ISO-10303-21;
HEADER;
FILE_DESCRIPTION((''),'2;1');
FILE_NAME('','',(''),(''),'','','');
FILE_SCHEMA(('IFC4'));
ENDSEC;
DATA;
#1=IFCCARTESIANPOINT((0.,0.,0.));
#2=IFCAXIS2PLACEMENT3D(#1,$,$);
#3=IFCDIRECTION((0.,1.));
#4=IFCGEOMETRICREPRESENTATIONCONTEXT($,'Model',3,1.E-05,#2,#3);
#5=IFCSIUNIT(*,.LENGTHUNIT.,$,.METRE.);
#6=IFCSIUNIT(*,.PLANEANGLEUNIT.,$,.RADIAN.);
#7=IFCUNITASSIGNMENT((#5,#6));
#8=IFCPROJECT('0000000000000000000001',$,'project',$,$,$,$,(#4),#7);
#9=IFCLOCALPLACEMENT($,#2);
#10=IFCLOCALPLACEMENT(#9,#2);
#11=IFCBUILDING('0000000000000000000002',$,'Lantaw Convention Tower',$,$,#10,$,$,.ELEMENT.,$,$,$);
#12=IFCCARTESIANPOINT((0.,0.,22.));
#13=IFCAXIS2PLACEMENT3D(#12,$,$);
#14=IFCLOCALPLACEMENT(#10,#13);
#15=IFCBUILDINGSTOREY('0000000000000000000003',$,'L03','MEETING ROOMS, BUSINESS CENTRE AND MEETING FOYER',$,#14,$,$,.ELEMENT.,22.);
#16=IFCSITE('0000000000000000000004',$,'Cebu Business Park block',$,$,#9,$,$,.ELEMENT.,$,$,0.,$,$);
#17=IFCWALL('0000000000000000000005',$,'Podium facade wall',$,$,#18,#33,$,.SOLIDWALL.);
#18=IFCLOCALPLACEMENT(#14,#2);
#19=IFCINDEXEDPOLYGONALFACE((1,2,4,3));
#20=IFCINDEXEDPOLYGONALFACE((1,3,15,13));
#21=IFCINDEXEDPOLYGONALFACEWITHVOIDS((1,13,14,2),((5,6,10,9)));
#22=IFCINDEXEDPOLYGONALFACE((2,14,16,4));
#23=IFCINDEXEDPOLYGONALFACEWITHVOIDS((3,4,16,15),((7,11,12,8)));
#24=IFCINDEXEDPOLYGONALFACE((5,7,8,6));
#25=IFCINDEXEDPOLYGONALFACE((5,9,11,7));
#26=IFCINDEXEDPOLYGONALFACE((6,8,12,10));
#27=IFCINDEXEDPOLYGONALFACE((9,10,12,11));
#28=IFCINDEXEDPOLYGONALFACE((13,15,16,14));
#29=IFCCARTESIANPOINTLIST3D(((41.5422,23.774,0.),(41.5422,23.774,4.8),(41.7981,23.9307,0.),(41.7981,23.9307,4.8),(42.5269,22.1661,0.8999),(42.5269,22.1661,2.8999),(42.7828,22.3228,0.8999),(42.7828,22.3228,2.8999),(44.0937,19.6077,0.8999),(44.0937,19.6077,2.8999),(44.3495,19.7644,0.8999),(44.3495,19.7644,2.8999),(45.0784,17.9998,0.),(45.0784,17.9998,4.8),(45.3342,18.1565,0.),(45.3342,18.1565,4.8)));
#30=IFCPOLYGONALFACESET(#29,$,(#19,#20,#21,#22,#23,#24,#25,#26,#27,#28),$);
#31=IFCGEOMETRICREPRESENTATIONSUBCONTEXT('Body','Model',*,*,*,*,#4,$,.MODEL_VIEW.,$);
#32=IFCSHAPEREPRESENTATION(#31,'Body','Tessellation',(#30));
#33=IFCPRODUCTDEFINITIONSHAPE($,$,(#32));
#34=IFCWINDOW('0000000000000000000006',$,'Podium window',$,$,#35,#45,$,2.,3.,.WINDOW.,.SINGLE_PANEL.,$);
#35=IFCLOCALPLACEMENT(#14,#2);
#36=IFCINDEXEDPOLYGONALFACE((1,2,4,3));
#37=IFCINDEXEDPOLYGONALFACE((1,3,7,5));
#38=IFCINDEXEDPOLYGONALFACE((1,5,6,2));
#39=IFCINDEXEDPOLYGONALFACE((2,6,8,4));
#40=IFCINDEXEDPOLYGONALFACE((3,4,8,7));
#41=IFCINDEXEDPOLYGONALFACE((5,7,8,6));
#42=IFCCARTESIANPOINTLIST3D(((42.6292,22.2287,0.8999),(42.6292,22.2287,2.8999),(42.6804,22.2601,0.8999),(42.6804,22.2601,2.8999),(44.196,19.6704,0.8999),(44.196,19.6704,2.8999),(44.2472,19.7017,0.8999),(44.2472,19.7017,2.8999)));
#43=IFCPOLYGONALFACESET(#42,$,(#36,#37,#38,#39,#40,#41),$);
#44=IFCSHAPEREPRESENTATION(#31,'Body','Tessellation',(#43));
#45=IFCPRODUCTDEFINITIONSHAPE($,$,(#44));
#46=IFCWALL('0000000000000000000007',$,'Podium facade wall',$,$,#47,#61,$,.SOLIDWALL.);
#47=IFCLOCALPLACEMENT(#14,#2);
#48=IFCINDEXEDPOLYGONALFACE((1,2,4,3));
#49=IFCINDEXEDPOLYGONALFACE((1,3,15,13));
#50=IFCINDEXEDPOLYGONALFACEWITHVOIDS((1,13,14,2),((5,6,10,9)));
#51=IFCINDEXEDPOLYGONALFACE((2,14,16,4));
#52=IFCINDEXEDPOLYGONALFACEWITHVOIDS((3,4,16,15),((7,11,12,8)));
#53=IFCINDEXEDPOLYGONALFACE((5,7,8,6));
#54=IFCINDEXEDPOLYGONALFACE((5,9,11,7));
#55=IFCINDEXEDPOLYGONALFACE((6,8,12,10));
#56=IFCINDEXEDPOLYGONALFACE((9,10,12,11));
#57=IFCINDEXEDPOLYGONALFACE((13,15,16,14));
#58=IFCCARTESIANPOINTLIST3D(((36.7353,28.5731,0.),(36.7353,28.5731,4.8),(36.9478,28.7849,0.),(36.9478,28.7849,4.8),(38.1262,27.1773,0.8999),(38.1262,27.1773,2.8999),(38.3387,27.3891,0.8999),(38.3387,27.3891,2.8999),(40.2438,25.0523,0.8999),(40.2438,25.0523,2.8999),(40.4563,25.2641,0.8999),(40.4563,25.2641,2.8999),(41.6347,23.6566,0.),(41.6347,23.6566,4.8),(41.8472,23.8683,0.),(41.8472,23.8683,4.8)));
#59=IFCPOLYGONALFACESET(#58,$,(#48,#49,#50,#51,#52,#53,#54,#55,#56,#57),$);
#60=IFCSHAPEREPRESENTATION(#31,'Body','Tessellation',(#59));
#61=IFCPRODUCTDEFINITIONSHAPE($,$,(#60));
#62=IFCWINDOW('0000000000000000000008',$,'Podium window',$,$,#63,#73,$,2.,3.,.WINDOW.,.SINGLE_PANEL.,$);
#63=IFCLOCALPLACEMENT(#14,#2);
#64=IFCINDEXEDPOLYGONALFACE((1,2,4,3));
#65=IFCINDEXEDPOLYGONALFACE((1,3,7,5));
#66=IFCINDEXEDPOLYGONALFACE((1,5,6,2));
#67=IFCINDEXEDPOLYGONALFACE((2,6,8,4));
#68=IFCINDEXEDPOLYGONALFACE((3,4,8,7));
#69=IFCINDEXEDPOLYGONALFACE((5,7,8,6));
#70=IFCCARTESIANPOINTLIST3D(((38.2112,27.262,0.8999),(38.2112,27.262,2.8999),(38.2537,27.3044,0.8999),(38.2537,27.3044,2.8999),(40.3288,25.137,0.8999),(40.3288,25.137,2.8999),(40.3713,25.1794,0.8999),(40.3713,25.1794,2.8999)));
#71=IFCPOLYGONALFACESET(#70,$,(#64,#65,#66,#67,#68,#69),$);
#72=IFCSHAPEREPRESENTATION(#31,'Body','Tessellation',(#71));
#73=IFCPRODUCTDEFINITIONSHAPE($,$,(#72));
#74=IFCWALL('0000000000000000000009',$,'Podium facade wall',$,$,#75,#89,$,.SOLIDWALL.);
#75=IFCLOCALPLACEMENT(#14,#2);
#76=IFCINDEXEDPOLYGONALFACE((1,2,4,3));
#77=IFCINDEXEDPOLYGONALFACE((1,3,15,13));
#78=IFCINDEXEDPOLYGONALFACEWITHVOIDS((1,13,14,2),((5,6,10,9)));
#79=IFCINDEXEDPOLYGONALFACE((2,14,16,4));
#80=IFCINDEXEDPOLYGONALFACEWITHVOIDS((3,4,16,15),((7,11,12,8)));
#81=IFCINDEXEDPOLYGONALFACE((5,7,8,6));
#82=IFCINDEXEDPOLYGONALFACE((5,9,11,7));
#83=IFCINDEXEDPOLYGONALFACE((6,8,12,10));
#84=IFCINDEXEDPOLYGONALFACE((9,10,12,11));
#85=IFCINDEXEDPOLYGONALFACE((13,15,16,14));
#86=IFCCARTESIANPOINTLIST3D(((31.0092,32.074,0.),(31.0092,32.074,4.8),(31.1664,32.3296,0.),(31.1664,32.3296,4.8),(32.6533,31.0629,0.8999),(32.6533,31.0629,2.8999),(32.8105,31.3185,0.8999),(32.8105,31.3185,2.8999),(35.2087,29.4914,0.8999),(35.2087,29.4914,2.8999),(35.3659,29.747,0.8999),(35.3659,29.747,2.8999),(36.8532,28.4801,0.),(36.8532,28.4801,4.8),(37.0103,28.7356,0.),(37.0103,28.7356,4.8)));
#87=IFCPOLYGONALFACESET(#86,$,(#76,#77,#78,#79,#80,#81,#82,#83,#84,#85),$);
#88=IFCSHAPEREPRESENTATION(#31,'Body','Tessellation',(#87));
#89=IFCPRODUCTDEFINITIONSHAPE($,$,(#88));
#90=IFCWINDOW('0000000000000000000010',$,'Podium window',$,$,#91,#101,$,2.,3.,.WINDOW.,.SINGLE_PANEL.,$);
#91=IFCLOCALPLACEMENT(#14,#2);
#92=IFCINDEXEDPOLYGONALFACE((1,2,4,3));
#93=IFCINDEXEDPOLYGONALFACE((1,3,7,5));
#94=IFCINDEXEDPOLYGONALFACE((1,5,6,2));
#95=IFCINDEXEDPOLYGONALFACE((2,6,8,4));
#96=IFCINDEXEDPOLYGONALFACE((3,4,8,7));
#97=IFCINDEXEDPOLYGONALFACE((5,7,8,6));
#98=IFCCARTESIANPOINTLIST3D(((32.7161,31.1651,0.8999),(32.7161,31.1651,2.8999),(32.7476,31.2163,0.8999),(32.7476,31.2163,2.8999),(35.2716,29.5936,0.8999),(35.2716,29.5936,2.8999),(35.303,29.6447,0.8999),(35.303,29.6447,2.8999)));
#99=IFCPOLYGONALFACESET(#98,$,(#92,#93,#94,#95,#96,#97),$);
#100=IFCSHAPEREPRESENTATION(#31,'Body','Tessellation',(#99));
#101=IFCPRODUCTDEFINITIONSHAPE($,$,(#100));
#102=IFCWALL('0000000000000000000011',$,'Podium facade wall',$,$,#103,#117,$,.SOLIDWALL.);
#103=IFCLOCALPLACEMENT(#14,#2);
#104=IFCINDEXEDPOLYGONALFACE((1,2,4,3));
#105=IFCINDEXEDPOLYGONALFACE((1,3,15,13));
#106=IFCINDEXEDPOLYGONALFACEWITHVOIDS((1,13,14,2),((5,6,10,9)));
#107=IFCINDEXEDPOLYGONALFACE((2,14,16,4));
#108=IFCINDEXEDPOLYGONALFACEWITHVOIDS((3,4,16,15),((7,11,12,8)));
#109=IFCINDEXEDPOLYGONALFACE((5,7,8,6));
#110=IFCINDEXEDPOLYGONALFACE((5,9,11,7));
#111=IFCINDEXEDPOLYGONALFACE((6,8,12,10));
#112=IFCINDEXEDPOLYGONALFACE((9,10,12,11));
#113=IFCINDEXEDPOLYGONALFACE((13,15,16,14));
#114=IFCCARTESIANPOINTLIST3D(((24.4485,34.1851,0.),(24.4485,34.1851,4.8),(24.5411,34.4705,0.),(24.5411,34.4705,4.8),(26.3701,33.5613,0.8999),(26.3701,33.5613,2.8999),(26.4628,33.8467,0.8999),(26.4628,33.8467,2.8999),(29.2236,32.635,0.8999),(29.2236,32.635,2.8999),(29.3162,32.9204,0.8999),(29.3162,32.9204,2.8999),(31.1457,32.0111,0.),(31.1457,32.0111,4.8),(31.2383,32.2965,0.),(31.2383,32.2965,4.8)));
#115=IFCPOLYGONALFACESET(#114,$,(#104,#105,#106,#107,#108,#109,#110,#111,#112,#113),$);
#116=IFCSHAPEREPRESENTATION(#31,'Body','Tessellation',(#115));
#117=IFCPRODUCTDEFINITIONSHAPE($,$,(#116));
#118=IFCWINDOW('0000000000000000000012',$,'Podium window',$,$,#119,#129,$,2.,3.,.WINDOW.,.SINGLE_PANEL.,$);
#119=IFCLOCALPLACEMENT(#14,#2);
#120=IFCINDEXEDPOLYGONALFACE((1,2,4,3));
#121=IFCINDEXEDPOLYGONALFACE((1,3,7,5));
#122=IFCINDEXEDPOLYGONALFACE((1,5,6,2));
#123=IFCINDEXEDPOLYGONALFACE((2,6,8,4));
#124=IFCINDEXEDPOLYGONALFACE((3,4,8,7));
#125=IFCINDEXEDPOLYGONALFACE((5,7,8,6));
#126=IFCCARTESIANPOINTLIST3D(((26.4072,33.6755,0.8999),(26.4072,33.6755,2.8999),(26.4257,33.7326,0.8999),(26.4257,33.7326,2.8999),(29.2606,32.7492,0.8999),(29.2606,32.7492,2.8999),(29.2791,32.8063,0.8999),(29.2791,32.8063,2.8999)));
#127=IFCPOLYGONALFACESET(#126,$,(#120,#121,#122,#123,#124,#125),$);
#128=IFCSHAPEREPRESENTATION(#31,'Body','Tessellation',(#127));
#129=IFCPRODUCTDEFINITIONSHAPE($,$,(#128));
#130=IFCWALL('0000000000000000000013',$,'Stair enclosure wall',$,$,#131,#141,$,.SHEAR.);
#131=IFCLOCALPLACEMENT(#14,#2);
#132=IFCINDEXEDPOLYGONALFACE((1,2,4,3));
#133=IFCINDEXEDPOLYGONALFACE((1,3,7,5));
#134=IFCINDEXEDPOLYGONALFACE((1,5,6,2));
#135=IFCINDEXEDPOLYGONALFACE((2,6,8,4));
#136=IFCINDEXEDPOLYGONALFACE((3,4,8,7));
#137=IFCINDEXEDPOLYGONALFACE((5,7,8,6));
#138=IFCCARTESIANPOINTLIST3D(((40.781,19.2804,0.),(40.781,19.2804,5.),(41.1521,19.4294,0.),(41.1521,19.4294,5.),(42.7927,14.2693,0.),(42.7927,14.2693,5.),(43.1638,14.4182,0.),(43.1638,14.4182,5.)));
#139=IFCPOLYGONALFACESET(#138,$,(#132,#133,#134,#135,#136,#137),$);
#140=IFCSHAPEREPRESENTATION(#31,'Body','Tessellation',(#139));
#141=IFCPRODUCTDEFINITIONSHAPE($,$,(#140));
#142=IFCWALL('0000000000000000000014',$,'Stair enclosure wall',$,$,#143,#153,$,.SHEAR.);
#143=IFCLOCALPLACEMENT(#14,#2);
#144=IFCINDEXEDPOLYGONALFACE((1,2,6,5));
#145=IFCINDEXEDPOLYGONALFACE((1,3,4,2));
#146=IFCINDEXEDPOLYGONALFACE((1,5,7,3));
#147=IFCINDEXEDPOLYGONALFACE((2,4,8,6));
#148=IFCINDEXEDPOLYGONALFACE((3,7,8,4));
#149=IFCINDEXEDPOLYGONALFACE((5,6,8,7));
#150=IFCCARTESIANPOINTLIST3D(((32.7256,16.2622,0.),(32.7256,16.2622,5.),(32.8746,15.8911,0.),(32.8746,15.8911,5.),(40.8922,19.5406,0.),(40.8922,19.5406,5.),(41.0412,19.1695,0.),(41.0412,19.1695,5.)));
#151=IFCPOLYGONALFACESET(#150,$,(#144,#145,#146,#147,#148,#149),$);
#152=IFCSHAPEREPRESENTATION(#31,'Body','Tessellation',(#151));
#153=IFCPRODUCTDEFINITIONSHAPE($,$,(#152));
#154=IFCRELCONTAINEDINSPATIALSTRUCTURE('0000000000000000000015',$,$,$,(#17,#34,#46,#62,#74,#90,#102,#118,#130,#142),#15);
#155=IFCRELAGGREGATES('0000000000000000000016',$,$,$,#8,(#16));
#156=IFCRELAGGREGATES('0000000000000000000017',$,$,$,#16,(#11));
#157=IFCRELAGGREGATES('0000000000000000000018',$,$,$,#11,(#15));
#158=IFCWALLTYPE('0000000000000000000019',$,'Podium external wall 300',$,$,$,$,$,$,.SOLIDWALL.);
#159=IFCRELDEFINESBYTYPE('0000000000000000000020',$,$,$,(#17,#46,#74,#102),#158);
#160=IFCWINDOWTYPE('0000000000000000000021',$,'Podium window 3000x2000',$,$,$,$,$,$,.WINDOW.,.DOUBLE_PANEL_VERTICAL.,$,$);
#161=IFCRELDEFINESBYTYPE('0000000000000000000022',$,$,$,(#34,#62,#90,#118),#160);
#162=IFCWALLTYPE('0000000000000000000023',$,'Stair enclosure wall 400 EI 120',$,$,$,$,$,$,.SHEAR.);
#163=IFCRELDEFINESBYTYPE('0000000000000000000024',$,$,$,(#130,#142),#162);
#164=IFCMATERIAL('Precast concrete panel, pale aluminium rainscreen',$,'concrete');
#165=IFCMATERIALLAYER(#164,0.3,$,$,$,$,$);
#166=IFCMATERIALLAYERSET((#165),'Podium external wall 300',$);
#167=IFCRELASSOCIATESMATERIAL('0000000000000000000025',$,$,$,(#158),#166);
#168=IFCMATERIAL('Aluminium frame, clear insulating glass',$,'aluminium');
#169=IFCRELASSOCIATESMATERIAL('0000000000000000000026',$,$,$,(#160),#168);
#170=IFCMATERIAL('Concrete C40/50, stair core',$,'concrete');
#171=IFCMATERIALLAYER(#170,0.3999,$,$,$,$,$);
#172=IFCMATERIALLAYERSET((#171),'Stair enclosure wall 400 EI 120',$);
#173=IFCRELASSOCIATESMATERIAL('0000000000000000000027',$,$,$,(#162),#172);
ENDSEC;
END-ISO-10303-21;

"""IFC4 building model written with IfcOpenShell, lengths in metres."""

from ifc_helpers import new_model, si_unit, direction, frame, frame_2d, origin, place, context, subcontext, project, spatial, rectangle, extrude, material, layer, layer_set, type_object, element, fill, save


model = new_model("IFC4")

# Units and contexts
model_context = context("Model", 3, precision=1e-05, world=origin(), true_north=direction((0.0, 1.0)))
body_context = subcontext(model_context, "Body", "Model", "MODEL_VIEW")
ifc_project = project(units=[si_unit("LENGTHUNIT", "METRE"), si_unit("PLANEANGLEUNIT", "RADIAN")], contexts=[model_context])

# Site, building, storey
site_placement = place(None, origin())
site = spatial("IfcSite", under=ifc_project, at=site_placement, Name="Cebu Business Park block", CompositionType="ELEMENT", RefElevation=0.0)
building_placement = place(site_placement, origin())
building = spatial("IfcBuilding", under=site, at=building_placement, Name="Lantaw Convention Tower", CompositionType="ELEMENT")
storey_placement = place(building_placement, frame((0.0, 0.0, 22.0)))
storey = spatial("IfcBuildingStorey", under=building, at=storey_placement, Name="L03", Description="MEETING ROOMS, BUSINESS CENTRE AND MEETING FOYER", CompositionType="ELEMENT", Elevation=22.0)

# Walls, openings, windows
ifc_material_1 = material(Name="Precast concrete panel, pale aluminium rainscreen", Category="concrete")
ifc_layer_1 = layer(ifc_material_1, 0.3)
ifc_layer_set_1 = layer_set([ifc_layer_1], Name="Podium external wall 300")
wall_type_1 = type_object("IfcWallType", Name="Podium external wall 300", PredefinedType="SOLIDWALL", material=ifc_layer_set_1)
wall_1_placement = place(storey_placement, frame((45.2063, 18.0781, 0.0), z_axis=(0.0, 0.0, 1.0), x_axis=(-0.522253, 0.85279, 0.0)))
wall_1 = element("IfcWall", 1, at=wall_1_placement, inside=storey, type_object=wall_type_1, Name="Podium facade wall", PredefinedType="SOLIDWALL", context=body_context, shape_type="SweptSolid", body=[
    extrude(rectangle(XDim=6.771, YDim=0.3, at=frame_2d((3.3855, 0.0))), origin(), (0.0, 0.0, 1.0), 4.8),
])
opening_1_placement = place(wall_1_placement, frame((1.8855, 0.0, 0.8999)))
opening_1 = element("IfcOpeningElement", 2, at=opening_1_placement, cuts=wall_1, PredefinedType="OPENING", context=body_context, shape_type="SweptSolid", body=[
    extrude(rectangle(XDim=3.0, YDim=2.0, at=frame_2d((1.5, 1.0))), frame((0.0, 0.1599, 0.0), z_axis=(0.0, -1.0, 0.0), x_axis=(1.0, 0.0, 0.0)), (0.0, 0.0, 1.0), 0.3201),
])
ifc_material_2 = material(Name="Aluminium frame, clear insulating glass", Category="aluminium")
window_type = type_object("IfcWindowType", Name="Podium window 3000x2000", PartitioningType="DOUBLE_PANEL_VERTICAL", PredefinedType="WINDOW", material=ifc_material_2)
window_1_placement = place(opening_1_placement, origin())
window_1 = element("IfcWindow", 3, at=window_1_placement, inside=storey, type_object=window_type, Name="Podium window", OverallHeight=2.0, OverallWidth=3.0, PartitioningType="SINGLE_PANEL", PredefinedType="WINDOW", context=body_context, shape_type="SweptSolid", body=[
    extrude(rectangle(XDim=3.0, YDim=2.0, at=frame_2d((1.5, 1.0))), frame((0.0, 0.03, 0.0), z_axis=(0.0, -1.0, 0.0), x_axis=(1.0, 0.0, 0.0)), (0.0, 0.0, 1.0), 0.0601),
])
fill(opening_1, window_1)
wall_2_placement = place(storey_placement, frame((41.741, 23.7625, 0.0), z_axis=(0.0, 0.0, 1.0), x_axis=(-0.705875, 0.708337, 0.0)))
wall_2 = element("IfcWall", 4, at=wall_2_placement, inside=storey, type_object=wall_type_1, Name="Podium facade wall", PredefinedType="SOLIDWALL", context=body_context, shape_type="SweptSolid", body=[
    extrude(rectangle(XDim=6.9409, YDim=0.3, at=frame_2d((3.4705, 0.0))), origin(), (0.0, 0.0, 1.0), 4.8),
])
opening_2_placement = place(wall_2_placement, frame((1.9705, 0.0, 0.8999)))
opening_2 = element("IfcOpeningElement", 5, at=opening_2_placement, cuts=wall_2, PredefinedType="OPENING", context=body_context, shape_type="SweptSolid", body=[
    extrude(rectangle(XDim=3.0, YDim=2.0, at=frame_2d((1.5, 1.0))), frame((0.0, 0.1599, 0.0), z_axis=(0.0, -1.0, 0.0), x_axis=(1.0, 0.0, 0.0)), (0.0, 0.0, 1.0), 0.3201),
])
window_2_placement = place(opening_2_placement, origin())
window_2 = element("IfcWindow", 6, at=window_2_placement, inside=storey, type_object=window_type, Name="Podium window", OverallHeight=2.0, OverallWidth=3.0, PartitioningType="SINGLE_PANEL", PredefinedType="WINDOW", context=body_context, shape_type="SweptSolid", body=[
    extrude(rectangle(XDim=3.0, YDim=2.0, at=frame_2d((1.5, 1.0))), frame((0.0, 0.03, 0.0), z_axis=(0.0, -1.0, 0.0), x_axis=(1.0, 0.0, 0.0)), (0.0, 0.0, 1.0), 0.0601),
])
fill(opening_2, window_2)
wall_3_placement = place(storey_placement, frame((36.9316, 28.6079, 0.0), z_axis=(0.0, 0.0, 1.0), x_axis=(-0.851809, 0.523853, 0.0)))
wall_3 = element("IfcWall", 7, at=wall_3_placement, inside=storey, type_object=wall_type_1, Name="Podium facade wall", PredefinedType="SOLIDWALL", context=body_context, shape_type="SweptSolid", body=[
    extrude(rectangle(XDim=6.8606, YDim=0.3, at=frame_2d((3.4302, 0.0))), origin(), (0.0, 0.0, 1.0), 4.8),
])
opening_3_placement = place(wall_3_placement, frame((1.9304, 0.0, 0.8999)))
opening_3 = element("IfcOpeningElement", 8, at=opening_3_placement, cuts=wall_3, PredefinedType="OPENING", context=body_context, shape_type="SweptSolid", body=[
    extrude(rectangle(XDim=3.0, YDim=2.0, at=frame_2d((1.5, 1.0))), frame((0.0, 0.1599, 0.0), z_axis=(0.0, -1.0, 0.0), x_axis=(1.0, 0.0, 0.0)), (0.0, 0.0, 1.0), 0.3201),
])
window_3_placement = place(opening_3_placement, origin())
window_3 = element("IfcWindow", 9, at=window_3_placement, inside=storey, type_object=window_type, Name="Podium window", OverallHeight=2.0, OverallWidth=3.0, PartitioningType="SINGLE_PANEL", PredefinedType="WINDOW", context=body_context, shape_type="SweptSolid", body=[
    extrude(rectangle(XDim=3.0, YDim=2.0, at=frame_2d((1.5, 1.0))), frame((0.0, 0.03, 0.0), z_axis=(0.0, -1.0, 0.0), x_axis=(1.0, 0.0, 0.0)), (0.0, 0.0, 1.0), 0.0601),
])
fill(opening_3, window_3)
wall_4_placement = place(storey_placement, frame((31.1919, 32.1538, 0.0), z_axis=(0.0, 0.0, 1.0), x_axis=(-0.95114, 0.30876, 0.0)))
wall_4 = element("IfcWall", 10, at=wall_4_placement, inside=storey, type_object=wall_type_1, Name="Podium facade wall", PredefinedType="SOLIDWALL", context=body_context, shape_type="SweptSolid", body=[
    extrude(rectangle(XDim=7.0413, YDim=0.3, at=frame_2d((3.5205, 0.0))), origin(), (0.0, 0.0, 1.0), 4.8),
])
opening_4_placement = place(wall_4_placement, frame((2.0208, 0.0, 0.8999)))
opening_4 = element("IfcOpeningElement", 11, at=opening_4_placement, cuts=wall_4, PredefinedType="OPENING", context=body_context, shape_type="SweptSolid", body=[
    extrude(rectangle(XDim=3.0, YDim=2.0, at=frame_2d((1.5, 1.0))), frame((0.0, 0.1599, 0.0), z_axis=(0.0, -1.0, 0.0), x_axis=(1.0, 0.0, 0.0)), (0.0, 0.0, 1.0), 0.3201),
])
window_4_placement = place(opening_4_placement, origin())
window_4 = element("IfcWindow", 12, at=window_4_placement, inside=storey, type_object=window_type, Name="Podium window", OverallHeight=2.0, OverallWidth=3.0, PartitioningType="SINGLE_PANEL", PredefinedType="WINDOW", context=body_context, shape_type="SweptSolid", body=[
    extrude(rectangle(XDim=3.0, YDim=2.0, at=frame_2d((1.5, 1.0))), frame((0.0, 0.03, 0.0), z_axis=(0.0, -1.0, 0.0), x_axis=(1.0, 0.0, 0.0)), (0.0, 0.0, 1.0), 0.0601),
])
fill(opening_4, window_4)

# Walls
ifc_material_3 = material(Name="Concrete C40/50, stair core", Category="concrete")
ifc_layer_2 = layer(ifc_material_3, 0.3999)
ifc_layer_set_2 = layer_set([ifc_layer_2], Name="Stair enclosure wall 400 EI 120")
wall_type_2 = type_object("IfcWallType", Name="Stair enclosure wall 400 EI 120", PredefinedType="SHEAR", material=ifc_layer_set_2)
wall_5_placement = place(storey_placement, frame((42.9783, 14.3438, 0.0), z_axis=(0.0, 0.0, 1.0), x_axis=(-0.372544, 0.928015, 0.0)))
element("IfcWall", 13, at=wall_5_placement, inside=storey, type_object=wall_type_2, Name="Stair enclosure wall", PredefinedType="SHEAR", context=body_context, shape_type="SweptSolid", body=[
    extrude(rectangle(XDim=5.3999, YDim=0.3999, at=frame_2d((2.7, 0.0))), origin(), (0.0, 0.0, 1.0), 5.0),
])
wall_6_placement = place(storey_placement, frame((40.9666, 19.355, 0.0), z_axis=(0.0, 0.0, 1.0), x_axis=(-0.928017, -0.372538, 0.0)))
element("IfcWall", 14, at=wall_6_placement, inside=storey, type_object=wall_type_2, Name="Stair enclosure wall", PredefinedType="SHEAR", context=body_context, shape_type="SweptSolid", body=[
    extrude(rectangle(XDim=8.8, YDim=0.3999, at=frame_2d((4.3999, 0.0))), origin(), (0.0, 0.0, 1.0), 5.0),
])

save(model, "model.ifc")
